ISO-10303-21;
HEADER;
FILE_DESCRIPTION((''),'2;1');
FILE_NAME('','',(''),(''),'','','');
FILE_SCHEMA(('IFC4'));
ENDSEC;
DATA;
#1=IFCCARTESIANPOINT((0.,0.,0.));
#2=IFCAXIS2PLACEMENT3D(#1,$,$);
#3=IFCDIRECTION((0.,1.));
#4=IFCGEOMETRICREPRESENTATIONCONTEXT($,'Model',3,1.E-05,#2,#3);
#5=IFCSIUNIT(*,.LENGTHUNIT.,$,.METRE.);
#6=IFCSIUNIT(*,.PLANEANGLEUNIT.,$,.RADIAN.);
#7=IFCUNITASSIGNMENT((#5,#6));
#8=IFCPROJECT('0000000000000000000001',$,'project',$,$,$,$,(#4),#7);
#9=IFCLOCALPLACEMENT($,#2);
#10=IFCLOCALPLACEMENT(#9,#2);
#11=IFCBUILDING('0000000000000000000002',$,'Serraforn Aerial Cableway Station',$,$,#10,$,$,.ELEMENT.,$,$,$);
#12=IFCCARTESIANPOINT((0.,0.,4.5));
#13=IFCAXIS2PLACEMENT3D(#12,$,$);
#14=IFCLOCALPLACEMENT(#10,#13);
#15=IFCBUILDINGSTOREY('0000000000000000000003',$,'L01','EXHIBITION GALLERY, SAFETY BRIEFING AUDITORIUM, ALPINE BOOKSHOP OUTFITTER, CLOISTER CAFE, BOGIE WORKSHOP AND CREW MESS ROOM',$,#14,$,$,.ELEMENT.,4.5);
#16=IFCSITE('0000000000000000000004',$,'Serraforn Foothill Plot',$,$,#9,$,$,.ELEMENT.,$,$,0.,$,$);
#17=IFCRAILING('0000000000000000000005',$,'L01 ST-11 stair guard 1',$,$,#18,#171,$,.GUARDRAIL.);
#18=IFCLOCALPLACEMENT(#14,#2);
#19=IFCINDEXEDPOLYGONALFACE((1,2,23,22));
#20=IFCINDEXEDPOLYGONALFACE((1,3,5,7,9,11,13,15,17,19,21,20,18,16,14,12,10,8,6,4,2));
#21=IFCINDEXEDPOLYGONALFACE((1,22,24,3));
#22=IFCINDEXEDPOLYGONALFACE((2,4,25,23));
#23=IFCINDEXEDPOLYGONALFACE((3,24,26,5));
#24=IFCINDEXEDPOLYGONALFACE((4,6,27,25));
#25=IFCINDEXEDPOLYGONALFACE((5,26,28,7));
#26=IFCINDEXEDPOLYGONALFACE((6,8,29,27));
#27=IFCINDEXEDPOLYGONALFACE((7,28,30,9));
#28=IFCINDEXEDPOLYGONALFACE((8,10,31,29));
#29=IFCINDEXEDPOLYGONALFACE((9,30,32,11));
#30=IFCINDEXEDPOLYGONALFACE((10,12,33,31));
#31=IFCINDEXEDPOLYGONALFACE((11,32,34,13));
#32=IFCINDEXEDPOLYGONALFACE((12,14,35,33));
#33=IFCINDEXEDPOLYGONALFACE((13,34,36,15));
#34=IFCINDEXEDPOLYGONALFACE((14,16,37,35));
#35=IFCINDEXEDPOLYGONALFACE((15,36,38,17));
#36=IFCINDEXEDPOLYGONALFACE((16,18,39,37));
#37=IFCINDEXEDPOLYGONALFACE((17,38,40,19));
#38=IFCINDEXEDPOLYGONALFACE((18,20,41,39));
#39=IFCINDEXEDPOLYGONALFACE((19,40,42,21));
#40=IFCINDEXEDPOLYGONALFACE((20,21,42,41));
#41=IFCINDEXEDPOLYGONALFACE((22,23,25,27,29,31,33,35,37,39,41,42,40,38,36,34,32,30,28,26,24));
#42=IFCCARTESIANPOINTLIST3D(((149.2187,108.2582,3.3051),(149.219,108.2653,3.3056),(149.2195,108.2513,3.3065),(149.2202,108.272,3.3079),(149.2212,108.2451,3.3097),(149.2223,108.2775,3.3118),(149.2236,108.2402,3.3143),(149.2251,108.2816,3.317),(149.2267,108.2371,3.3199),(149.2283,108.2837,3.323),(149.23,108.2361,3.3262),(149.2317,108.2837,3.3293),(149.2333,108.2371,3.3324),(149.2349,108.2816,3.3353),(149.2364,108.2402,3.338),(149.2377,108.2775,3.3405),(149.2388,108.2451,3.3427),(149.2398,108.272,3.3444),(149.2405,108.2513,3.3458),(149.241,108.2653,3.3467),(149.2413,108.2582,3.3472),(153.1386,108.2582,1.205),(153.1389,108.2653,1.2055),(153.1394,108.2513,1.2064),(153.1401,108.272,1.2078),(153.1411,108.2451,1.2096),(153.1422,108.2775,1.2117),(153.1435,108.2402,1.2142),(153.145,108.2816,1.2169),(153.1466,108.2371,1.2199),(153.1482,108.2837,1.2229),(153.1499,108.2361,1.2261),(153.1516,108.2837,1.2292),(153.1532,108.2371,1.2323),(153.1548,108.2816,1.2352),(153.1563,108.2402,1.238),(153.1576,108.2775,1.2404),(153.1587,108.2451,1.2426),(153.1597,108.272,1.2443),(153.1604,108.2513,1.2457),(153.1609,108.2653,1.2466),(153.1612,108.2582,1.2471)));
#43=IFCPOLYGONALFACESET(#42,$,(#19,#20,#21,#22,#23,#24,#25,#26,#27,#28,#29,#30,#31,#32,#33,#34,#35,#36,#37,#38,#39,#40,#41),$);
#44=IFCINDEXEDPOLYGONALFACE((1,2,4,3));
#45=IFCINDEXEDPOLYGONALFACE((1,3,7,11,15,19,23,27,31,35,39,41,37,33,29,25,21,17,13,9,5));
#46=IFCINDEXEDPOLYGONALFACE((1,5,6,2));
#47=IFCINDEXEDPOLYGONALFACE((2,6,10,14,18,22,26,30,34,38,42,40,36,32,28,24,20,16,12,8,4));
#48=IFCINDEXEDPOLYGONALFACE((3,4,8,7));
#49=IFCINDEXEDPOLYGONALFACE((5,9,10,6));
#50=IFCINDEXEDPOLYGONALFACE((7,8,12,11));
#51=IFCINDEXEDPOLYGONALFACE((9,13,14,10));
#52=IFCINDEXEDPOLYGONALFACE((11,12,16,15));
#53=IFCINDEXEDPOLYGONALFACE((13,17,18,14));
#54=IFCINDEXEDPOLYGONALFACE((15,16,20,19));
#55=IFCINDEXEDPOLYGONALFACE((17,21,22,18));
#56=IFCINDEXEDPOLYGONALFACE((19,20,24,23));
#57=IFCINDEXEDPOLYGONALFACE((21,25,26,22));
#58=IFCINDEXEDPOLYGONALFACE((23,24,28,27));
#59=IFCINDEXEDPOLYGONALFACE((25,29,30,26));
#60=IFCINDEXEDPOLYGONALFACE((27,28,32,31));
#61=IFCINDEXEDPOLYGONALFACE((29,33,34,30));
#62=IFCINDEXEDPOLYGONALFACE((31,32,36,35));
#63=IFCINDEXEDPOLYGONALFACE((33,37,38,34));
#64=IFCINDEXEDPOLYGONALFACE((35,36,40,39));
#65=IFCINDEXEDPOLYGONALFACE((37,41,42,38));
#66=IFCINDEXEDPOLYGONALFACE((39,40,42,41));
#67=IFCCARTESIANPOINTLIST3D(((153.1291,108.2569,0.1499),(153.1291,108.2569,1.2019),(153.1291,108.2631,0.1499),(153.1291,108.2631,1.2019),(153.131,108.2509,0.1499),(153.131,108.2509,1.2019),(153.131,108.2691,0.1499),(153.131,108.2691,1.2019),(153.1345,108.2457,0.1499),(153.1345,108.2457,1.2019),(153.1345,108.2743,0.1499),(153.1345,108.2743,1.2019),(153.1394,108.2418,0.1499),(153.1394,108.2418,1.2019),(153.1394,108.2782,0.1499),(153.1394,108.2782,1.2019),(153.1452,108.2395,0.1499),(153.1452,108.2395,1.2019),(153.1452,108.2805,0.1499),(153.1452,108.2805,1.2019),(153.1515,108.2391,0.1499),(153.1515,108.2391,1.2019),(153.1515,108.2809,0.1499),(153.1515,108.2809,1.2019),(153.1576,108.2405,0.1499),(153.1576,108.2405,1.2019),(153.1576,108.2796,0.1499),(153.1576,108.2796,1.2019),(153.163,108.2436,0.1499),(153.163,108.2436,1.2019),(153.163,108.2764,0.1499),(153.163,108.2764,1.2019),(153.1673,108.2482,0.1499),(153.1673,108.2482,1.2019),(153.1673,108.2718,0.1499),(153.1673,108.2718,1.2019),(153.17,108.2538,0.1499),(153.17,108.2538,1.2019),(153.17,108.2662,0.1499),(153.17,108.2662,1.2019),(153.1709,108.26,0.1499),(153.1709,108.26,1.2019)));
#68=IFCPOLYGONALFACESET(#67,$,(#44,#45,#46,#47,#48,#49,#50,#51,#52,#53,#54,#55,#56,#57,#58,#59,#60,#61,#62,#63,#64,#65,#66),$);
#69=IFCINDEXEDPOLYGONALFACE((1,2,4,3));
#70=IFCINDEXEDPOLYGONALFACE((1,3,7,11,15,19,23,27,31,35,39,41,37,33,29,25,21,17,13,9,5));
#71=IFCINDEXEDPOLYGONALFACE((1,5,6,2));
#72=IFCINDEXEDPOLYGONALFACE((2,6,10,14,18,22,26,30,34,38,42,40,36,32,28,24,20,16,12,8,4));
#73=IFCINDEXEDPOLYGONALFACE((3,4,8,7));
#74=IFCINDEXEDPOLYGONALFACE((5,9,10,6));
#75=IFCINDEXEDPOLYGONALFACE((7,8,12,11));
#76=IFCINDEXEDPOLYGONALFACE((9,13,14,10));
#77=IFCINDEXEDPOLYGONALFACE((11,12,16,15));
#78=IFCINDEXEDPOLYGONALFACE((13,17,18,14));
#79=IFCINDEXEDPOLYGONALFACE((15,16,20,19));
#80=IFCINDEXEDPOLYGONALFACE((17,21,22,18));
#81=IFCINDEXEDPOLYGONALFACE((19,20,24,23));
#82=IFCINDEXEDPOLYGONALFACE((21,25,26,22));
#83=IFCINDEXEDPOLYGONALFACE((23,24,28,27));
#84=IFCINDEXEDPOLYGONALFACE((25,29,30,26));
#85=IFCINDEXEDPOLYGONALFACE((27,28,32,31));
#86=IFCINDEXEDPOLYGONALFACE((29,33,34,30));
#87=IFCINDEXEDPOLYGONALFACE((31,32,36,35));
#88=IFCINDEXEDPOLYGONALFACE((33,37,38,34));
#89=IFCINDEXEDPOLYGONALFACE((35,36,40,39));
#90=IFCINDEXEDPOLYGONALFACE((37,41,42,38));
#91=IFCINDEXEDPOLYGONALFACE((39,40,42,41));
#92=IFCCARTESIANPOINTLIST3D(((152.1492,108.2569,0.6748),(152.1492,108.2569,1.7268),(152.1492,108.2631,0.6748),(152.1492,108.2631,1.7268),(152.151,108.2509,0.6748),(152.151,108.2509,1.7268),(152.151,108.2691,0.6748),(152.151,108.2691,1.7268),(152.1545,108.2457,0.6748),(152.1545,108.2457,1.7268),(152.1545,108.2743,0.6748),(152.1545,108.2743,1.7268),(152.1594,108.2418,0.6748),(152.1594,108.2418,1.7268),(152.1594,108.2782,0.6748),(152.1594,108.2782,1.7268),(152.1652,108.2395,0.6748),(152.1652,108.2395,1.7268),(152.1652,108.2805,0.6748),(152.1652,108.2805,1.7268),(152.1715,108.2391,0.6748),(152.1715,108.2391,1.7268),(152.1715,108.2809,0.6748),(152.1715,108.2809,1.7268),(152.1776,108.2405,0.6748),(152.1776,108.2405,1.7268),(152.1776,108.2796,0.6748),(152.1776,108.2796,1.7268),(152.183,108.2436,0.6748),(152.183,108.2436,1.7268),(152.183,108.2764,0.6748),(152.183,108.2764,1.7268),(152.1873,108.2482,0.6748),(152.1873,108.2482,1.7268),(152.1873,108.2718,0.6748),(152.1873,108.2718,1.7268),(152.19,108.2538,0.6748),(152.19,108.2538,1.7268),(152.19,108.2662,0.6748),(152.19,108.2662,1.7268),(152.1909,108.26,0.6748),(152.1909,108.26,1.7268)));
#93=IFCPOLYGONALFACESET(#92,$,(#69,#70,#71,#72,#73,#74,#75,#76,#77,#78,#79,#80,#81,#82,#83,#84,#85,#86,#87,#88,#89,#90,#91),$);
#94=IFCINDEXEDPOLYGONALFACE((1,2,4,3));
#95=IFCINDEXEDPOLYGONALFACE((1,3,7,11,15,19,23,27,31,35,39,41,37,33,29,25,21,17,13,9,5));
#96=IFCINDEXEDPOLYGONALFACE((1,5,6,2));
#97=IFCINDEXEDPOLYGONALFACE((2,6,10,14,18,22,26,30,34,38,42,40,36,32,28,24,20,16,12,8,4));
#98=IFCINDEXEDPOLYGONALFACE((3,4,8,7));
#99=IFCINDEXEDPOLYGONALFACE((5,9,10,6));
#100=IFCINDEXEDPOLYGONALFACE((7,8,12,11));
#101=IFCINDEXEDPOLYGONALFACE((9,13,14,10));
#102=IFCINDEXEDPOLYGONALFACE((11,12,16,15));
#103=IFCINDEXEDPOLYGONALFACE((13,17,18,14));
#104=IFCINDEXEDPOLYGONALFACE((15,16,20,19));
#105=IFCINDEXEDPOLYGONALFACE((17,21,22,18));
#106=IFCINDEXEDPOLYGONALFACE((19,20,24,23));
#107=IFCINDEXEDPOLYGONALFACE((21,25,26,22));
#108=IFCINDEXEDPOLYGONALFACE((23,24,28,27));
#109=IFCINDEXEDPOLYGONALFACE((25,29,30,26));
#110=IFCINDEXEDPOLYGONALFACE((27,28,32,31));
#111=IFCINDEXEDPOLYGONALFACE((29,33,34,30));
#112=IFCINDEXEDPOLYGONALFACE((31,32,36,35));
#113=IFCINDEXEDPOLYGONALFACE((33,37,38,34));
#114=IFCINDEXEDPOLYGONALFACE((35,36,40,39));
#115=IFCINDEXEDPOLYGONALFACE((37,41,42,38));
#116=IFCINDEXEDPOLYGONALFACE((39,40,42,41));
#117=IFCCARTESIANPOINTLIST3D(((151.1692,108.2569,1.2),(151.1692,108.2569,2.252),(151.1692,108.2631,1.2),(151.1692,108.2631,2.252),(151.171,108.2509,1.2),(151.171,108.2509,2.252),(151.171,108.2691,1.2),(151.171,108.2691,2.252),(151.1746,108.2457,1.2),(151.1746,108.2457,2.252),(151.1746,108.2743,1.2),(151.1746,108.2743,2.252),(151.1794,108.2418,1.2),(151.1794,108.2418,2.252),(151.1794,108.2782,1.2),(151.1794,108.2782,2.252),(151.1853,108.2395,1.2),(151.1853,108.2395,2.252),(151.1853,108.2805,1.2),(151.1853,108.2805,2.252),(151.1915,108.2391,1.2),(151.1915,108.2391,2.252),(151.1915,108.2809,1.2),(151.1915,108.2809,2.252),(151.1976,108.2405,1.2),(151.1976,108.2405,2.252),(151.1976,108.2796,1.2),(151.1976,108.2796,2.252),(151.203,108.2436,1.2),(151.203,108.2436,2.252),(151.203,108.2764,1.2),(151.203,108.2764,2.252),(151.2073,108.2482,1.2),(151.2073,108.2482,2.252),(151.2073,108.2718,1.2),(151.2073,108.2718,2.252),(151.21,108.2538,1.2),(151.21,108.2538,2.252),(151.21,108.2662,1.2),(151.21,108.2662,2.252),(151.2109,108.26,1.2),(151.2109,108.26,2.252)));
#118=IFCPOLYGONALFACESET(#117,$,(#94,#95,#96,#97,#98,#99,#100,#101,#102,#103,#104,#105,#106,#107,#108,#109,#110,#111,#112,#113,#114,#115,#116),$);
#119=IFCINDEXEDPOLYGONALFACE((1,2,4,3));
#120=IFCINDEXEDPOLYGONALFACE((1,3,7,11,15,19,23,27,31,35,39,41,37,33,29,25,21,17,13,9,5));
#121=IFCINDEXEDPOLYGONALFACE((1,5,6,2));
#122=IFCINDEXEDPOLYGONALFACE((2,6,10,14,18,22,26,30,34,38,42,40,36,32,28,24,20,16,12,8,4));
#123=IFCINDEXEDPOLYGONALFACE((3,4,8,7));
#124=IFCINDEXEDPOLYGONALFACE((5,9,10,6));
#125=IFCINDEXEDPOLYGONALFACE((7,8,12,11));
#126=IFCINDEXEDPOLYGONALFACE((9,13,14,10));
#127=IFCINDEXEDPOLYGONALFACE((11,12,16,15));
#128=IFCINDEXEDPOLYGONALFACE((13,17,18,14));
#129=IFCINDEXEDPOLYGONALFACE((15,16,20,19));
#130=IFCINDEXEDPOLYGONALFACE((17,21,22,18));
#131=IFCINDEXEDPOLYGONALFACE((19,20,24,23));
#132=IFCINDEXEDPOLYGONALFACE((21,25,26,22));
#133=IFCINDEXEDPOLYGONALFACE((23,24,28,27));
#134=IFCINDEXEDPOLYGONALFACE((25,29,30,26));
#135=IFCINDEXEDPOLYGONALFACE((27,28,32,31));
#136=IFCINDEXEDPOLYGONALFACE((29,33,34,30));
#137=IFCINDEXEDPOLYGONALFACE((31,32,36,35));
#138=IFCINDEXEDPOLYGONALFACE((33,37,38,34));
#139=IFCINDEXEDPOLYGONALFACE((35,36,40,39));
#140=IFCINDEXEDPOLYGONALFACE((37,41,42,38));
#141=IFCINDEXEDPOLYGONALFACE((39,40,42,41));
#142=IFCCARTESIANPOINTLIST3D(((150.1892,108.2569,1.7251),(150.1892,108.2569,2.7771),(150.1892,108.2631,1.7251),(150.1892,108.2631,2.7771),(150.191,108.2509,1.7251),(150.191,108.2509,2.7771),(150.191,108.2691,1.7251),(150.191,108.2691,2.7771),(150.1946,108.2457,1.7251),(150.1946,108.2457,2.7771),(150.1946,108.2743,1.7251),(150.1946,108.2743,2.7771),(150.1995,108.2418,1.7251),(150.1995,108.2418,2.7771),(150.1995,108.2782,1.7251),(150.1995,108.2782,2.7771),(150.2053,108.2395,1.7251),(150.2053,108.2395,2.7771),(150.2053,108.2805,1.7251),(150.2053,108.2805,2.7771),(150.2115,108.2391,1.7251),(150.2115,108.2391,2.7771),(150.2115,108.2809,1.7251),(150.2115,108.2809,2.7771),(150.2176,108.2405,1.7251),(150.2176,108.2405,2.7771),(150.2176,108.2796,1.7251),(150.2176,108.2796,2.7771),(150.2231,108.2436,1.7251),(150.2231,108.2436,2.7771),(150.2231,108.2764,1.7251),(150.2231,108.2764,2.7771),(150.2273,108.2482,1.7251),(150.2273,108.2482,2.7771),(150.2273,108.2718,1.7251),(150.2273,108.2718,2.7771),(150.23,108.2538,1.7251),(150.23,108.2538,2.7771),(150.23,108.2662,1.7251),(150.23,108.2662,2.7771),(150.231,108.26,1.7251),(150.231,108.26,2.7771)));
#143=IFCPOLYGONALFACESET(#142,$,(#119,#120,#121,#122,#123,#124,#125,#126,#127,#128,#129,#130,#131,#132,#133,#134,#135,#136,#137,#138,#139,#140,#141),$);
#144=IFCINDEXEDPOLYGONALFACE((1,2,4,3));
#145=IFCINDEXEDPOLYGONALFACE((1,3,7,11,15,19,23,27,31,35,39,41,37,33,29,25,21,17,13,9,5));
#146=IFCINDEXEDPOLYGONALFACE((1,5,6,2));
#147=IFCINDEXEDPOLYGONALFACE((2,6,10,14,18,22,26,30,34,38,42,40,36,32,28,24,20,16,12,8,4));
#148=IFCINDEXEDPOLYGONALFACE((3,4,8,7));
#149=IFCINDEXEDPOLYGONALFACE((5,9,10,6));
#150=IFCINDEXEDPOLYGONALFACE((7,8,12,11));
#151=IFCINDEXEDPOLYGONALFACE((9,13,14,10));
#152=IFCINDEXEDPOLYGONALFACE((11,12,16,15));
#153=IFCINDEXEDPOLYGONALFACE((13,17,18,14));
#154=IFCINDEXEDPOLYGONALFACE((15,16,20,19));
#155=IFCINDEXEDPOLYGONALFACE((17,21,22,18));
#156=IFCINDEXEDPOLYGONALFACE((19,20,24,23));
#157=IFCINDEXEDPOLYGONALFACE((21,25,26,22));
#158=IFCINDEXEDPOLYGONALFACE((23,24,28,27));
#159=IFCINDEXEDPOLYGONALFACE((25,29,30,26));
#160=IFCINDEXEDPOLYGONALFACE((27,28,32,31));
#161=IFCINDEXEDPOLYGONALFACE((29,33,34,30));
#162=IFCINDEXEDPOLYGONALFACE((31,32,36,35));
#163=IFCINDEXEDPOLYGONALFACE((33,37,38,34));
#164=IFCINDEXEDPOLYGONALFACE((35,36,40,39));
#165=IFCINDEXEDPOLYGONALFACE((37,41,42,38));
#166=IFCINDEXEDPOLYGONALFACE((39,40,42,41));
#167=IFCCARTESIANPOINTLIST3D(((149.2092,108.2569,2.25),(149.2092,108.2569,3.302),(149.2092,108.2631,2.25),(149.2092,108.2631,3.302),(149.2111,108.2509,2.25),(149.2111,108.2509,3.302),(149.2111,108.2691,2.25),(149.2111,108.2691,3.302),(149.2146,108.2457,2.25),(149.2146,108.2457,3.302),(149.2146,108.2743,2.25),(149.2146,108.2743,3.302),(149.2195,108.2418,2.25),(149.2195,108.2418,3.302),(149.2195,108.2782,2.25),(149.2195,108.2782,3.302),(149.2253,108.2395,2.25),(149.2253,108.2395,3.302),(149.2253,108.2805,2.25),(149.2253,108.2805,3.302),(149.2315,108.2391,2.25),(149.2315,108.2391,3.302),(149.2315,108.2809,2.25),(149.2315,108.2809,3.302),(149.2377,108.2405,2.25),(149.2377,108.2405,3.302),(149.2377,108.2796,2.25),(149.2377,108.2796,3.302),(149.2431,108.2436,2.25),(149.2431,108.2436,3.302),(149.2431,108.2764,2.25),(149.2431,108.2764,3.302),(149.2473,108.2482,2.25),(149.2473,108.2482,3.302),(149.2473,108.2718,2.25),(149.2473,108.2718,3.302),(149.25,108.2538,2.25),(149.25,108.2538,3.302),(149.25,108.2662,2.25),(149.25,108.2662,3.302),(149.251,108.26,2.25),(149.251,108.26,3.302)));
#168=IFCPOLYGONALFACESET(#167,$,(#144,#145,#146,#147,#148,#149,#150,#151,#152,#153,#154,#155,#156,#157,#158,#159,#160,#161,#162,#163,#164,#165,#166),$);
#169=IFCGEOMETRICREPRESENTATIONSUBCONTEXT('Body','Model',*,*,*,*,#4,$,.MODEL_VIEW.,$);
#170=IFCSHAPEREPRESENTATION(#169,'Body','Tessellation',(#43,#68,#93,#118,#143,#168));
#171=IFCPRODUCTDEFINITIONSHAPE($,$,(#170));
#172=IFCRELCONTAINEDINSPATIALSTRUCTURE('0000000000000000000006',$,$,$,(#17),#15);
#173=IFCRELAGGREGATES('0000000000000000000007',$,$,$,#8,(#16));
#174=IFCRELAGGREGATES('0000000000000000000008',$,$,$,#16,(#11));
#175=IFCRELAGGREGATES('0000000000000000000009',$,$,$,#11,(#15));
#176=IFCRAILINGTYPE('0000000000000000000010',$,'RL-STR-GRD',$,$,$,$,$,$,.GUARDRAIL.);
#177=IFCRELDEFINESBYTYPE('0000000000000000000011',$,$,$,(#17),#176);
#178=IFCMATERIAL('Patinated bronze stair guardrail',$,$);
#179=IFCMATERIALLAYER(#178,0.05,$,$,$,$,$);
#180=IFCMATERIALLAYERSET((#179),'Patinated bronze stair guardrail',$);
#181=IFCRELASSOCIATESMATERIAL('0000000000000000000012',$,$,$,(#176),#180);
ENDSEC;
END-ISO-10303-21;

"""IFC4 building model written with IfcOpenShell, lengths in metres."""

from ifc_helpers import new_model, si_unit, direction, frame, origin, origin_2d, place, context, subcontext, project, spatial, circle, extrude, material, layer, layer_set, type_object, element, save


model = new_model("IFC4")

# Units and contexts
model_context = context("Model", 3, precision=1e-05, world=origin(), true_north=direction((0.0, 1.0)))
body_context = subcontext(model_context, "Body", "Model", "MODEL_VIEW")
ifc_project = project(units=[si_unit("LENGTHUNIT", "METRE"), si_unit("PLANEANGLEUNIT", "RADIAN")], contexts=[model_context])

# Site, building, storey
site_placement = place(None, origin())
site = spatial("IfcSite", under=ifc_project, at=site_placement, Name="Serraforn Foothill Plot", CompositionType="ELEMENT", RefElevation=0.0)
building_placement = place(site_placement, origin())
building = spatial("IfcBuilding", under=site, at=building_placement, Name="Serraforn Aerial Cableway Station", CompositionType="ELEMENT")
storey_placement = place(building_placement, frame((0.0, 0.0, 4.5)))
storey = spatial("IfcBuildingStorey", under=building, at=storey_placement, Name="L01", Description="EXHIBITION GALLERY, SAFETY BRIEFING AUDITORIUM, ALPINE BOOKSHOP OUTFITTER, CLOISTER CAFE, BOGIE WORKSHOP AND CREW MESS ROOM", CompositionType="ELEMENT", Elevation=4.5)

# Railing
ifc_material_1 = material(Name="Patinated bronze stair guardrail")
ifc_layer_1 = layer(ifc_material_1, 0.05)
ifc_layer_set_1 = layer_set([ifc_layer_1], Name="Patinated bronze stair guardrail")
railing_type_1 = type_object("IfcRailingType", Name="RL-STR-GRD", PredefinedType="GUARDRAIL", material=ifc_layer_set_1)
railing_1_placement = place(storey_placement, frame((153.1499, 108.26, 0.1499)))
element("IfcRailing", 1, at=railing_1_placement, inside=storey, type_object=railing_type_1, Name="L01 ST-11 stair guard 1", PredefinedType="GUARDRAIL", context=body_context, shape_type="SweptSolid", body=[
    extrude(circle(Radius=0.0239, at=origin_2d()), frame((0.0, 0.0, 1.0762), z_axis=(-0.881467, 0.0, 0.472246), x_axis=(0.0, -1.0, 0.0)), (0.0, 0.0, 1.0), 4.447),
    extrude(circle(Radius=0.021, at=origin_2d()), origin(), (0.0, 0.0, 1.0), 1.052),
    extrude(circle(Radius=0.021, at=origin_2d()), frame((-0.98, 0.0, 0.5249)), (0.0, 0.0, 1.0), 1.052),
    extrude(circle(Radius=0.021, at=origin_2d()), frame((-1.96, 0.0, 1.05)), (0.0, 0.0, 1.0), 1.052),
    extrude(circle(Radius=0.021, at=origin_2d()), frame((-2.9399, 0.0, 1.5752)), (0.0, 0.0, 1.0), 1.052),
    extrude(circle(Radius=0.021, at=origin_2d()), frame((-3.9199, 0.0, 2.1001)), (0.0, 0.0, 1.0), 1.052),
])

save(model, "model.ifc")
